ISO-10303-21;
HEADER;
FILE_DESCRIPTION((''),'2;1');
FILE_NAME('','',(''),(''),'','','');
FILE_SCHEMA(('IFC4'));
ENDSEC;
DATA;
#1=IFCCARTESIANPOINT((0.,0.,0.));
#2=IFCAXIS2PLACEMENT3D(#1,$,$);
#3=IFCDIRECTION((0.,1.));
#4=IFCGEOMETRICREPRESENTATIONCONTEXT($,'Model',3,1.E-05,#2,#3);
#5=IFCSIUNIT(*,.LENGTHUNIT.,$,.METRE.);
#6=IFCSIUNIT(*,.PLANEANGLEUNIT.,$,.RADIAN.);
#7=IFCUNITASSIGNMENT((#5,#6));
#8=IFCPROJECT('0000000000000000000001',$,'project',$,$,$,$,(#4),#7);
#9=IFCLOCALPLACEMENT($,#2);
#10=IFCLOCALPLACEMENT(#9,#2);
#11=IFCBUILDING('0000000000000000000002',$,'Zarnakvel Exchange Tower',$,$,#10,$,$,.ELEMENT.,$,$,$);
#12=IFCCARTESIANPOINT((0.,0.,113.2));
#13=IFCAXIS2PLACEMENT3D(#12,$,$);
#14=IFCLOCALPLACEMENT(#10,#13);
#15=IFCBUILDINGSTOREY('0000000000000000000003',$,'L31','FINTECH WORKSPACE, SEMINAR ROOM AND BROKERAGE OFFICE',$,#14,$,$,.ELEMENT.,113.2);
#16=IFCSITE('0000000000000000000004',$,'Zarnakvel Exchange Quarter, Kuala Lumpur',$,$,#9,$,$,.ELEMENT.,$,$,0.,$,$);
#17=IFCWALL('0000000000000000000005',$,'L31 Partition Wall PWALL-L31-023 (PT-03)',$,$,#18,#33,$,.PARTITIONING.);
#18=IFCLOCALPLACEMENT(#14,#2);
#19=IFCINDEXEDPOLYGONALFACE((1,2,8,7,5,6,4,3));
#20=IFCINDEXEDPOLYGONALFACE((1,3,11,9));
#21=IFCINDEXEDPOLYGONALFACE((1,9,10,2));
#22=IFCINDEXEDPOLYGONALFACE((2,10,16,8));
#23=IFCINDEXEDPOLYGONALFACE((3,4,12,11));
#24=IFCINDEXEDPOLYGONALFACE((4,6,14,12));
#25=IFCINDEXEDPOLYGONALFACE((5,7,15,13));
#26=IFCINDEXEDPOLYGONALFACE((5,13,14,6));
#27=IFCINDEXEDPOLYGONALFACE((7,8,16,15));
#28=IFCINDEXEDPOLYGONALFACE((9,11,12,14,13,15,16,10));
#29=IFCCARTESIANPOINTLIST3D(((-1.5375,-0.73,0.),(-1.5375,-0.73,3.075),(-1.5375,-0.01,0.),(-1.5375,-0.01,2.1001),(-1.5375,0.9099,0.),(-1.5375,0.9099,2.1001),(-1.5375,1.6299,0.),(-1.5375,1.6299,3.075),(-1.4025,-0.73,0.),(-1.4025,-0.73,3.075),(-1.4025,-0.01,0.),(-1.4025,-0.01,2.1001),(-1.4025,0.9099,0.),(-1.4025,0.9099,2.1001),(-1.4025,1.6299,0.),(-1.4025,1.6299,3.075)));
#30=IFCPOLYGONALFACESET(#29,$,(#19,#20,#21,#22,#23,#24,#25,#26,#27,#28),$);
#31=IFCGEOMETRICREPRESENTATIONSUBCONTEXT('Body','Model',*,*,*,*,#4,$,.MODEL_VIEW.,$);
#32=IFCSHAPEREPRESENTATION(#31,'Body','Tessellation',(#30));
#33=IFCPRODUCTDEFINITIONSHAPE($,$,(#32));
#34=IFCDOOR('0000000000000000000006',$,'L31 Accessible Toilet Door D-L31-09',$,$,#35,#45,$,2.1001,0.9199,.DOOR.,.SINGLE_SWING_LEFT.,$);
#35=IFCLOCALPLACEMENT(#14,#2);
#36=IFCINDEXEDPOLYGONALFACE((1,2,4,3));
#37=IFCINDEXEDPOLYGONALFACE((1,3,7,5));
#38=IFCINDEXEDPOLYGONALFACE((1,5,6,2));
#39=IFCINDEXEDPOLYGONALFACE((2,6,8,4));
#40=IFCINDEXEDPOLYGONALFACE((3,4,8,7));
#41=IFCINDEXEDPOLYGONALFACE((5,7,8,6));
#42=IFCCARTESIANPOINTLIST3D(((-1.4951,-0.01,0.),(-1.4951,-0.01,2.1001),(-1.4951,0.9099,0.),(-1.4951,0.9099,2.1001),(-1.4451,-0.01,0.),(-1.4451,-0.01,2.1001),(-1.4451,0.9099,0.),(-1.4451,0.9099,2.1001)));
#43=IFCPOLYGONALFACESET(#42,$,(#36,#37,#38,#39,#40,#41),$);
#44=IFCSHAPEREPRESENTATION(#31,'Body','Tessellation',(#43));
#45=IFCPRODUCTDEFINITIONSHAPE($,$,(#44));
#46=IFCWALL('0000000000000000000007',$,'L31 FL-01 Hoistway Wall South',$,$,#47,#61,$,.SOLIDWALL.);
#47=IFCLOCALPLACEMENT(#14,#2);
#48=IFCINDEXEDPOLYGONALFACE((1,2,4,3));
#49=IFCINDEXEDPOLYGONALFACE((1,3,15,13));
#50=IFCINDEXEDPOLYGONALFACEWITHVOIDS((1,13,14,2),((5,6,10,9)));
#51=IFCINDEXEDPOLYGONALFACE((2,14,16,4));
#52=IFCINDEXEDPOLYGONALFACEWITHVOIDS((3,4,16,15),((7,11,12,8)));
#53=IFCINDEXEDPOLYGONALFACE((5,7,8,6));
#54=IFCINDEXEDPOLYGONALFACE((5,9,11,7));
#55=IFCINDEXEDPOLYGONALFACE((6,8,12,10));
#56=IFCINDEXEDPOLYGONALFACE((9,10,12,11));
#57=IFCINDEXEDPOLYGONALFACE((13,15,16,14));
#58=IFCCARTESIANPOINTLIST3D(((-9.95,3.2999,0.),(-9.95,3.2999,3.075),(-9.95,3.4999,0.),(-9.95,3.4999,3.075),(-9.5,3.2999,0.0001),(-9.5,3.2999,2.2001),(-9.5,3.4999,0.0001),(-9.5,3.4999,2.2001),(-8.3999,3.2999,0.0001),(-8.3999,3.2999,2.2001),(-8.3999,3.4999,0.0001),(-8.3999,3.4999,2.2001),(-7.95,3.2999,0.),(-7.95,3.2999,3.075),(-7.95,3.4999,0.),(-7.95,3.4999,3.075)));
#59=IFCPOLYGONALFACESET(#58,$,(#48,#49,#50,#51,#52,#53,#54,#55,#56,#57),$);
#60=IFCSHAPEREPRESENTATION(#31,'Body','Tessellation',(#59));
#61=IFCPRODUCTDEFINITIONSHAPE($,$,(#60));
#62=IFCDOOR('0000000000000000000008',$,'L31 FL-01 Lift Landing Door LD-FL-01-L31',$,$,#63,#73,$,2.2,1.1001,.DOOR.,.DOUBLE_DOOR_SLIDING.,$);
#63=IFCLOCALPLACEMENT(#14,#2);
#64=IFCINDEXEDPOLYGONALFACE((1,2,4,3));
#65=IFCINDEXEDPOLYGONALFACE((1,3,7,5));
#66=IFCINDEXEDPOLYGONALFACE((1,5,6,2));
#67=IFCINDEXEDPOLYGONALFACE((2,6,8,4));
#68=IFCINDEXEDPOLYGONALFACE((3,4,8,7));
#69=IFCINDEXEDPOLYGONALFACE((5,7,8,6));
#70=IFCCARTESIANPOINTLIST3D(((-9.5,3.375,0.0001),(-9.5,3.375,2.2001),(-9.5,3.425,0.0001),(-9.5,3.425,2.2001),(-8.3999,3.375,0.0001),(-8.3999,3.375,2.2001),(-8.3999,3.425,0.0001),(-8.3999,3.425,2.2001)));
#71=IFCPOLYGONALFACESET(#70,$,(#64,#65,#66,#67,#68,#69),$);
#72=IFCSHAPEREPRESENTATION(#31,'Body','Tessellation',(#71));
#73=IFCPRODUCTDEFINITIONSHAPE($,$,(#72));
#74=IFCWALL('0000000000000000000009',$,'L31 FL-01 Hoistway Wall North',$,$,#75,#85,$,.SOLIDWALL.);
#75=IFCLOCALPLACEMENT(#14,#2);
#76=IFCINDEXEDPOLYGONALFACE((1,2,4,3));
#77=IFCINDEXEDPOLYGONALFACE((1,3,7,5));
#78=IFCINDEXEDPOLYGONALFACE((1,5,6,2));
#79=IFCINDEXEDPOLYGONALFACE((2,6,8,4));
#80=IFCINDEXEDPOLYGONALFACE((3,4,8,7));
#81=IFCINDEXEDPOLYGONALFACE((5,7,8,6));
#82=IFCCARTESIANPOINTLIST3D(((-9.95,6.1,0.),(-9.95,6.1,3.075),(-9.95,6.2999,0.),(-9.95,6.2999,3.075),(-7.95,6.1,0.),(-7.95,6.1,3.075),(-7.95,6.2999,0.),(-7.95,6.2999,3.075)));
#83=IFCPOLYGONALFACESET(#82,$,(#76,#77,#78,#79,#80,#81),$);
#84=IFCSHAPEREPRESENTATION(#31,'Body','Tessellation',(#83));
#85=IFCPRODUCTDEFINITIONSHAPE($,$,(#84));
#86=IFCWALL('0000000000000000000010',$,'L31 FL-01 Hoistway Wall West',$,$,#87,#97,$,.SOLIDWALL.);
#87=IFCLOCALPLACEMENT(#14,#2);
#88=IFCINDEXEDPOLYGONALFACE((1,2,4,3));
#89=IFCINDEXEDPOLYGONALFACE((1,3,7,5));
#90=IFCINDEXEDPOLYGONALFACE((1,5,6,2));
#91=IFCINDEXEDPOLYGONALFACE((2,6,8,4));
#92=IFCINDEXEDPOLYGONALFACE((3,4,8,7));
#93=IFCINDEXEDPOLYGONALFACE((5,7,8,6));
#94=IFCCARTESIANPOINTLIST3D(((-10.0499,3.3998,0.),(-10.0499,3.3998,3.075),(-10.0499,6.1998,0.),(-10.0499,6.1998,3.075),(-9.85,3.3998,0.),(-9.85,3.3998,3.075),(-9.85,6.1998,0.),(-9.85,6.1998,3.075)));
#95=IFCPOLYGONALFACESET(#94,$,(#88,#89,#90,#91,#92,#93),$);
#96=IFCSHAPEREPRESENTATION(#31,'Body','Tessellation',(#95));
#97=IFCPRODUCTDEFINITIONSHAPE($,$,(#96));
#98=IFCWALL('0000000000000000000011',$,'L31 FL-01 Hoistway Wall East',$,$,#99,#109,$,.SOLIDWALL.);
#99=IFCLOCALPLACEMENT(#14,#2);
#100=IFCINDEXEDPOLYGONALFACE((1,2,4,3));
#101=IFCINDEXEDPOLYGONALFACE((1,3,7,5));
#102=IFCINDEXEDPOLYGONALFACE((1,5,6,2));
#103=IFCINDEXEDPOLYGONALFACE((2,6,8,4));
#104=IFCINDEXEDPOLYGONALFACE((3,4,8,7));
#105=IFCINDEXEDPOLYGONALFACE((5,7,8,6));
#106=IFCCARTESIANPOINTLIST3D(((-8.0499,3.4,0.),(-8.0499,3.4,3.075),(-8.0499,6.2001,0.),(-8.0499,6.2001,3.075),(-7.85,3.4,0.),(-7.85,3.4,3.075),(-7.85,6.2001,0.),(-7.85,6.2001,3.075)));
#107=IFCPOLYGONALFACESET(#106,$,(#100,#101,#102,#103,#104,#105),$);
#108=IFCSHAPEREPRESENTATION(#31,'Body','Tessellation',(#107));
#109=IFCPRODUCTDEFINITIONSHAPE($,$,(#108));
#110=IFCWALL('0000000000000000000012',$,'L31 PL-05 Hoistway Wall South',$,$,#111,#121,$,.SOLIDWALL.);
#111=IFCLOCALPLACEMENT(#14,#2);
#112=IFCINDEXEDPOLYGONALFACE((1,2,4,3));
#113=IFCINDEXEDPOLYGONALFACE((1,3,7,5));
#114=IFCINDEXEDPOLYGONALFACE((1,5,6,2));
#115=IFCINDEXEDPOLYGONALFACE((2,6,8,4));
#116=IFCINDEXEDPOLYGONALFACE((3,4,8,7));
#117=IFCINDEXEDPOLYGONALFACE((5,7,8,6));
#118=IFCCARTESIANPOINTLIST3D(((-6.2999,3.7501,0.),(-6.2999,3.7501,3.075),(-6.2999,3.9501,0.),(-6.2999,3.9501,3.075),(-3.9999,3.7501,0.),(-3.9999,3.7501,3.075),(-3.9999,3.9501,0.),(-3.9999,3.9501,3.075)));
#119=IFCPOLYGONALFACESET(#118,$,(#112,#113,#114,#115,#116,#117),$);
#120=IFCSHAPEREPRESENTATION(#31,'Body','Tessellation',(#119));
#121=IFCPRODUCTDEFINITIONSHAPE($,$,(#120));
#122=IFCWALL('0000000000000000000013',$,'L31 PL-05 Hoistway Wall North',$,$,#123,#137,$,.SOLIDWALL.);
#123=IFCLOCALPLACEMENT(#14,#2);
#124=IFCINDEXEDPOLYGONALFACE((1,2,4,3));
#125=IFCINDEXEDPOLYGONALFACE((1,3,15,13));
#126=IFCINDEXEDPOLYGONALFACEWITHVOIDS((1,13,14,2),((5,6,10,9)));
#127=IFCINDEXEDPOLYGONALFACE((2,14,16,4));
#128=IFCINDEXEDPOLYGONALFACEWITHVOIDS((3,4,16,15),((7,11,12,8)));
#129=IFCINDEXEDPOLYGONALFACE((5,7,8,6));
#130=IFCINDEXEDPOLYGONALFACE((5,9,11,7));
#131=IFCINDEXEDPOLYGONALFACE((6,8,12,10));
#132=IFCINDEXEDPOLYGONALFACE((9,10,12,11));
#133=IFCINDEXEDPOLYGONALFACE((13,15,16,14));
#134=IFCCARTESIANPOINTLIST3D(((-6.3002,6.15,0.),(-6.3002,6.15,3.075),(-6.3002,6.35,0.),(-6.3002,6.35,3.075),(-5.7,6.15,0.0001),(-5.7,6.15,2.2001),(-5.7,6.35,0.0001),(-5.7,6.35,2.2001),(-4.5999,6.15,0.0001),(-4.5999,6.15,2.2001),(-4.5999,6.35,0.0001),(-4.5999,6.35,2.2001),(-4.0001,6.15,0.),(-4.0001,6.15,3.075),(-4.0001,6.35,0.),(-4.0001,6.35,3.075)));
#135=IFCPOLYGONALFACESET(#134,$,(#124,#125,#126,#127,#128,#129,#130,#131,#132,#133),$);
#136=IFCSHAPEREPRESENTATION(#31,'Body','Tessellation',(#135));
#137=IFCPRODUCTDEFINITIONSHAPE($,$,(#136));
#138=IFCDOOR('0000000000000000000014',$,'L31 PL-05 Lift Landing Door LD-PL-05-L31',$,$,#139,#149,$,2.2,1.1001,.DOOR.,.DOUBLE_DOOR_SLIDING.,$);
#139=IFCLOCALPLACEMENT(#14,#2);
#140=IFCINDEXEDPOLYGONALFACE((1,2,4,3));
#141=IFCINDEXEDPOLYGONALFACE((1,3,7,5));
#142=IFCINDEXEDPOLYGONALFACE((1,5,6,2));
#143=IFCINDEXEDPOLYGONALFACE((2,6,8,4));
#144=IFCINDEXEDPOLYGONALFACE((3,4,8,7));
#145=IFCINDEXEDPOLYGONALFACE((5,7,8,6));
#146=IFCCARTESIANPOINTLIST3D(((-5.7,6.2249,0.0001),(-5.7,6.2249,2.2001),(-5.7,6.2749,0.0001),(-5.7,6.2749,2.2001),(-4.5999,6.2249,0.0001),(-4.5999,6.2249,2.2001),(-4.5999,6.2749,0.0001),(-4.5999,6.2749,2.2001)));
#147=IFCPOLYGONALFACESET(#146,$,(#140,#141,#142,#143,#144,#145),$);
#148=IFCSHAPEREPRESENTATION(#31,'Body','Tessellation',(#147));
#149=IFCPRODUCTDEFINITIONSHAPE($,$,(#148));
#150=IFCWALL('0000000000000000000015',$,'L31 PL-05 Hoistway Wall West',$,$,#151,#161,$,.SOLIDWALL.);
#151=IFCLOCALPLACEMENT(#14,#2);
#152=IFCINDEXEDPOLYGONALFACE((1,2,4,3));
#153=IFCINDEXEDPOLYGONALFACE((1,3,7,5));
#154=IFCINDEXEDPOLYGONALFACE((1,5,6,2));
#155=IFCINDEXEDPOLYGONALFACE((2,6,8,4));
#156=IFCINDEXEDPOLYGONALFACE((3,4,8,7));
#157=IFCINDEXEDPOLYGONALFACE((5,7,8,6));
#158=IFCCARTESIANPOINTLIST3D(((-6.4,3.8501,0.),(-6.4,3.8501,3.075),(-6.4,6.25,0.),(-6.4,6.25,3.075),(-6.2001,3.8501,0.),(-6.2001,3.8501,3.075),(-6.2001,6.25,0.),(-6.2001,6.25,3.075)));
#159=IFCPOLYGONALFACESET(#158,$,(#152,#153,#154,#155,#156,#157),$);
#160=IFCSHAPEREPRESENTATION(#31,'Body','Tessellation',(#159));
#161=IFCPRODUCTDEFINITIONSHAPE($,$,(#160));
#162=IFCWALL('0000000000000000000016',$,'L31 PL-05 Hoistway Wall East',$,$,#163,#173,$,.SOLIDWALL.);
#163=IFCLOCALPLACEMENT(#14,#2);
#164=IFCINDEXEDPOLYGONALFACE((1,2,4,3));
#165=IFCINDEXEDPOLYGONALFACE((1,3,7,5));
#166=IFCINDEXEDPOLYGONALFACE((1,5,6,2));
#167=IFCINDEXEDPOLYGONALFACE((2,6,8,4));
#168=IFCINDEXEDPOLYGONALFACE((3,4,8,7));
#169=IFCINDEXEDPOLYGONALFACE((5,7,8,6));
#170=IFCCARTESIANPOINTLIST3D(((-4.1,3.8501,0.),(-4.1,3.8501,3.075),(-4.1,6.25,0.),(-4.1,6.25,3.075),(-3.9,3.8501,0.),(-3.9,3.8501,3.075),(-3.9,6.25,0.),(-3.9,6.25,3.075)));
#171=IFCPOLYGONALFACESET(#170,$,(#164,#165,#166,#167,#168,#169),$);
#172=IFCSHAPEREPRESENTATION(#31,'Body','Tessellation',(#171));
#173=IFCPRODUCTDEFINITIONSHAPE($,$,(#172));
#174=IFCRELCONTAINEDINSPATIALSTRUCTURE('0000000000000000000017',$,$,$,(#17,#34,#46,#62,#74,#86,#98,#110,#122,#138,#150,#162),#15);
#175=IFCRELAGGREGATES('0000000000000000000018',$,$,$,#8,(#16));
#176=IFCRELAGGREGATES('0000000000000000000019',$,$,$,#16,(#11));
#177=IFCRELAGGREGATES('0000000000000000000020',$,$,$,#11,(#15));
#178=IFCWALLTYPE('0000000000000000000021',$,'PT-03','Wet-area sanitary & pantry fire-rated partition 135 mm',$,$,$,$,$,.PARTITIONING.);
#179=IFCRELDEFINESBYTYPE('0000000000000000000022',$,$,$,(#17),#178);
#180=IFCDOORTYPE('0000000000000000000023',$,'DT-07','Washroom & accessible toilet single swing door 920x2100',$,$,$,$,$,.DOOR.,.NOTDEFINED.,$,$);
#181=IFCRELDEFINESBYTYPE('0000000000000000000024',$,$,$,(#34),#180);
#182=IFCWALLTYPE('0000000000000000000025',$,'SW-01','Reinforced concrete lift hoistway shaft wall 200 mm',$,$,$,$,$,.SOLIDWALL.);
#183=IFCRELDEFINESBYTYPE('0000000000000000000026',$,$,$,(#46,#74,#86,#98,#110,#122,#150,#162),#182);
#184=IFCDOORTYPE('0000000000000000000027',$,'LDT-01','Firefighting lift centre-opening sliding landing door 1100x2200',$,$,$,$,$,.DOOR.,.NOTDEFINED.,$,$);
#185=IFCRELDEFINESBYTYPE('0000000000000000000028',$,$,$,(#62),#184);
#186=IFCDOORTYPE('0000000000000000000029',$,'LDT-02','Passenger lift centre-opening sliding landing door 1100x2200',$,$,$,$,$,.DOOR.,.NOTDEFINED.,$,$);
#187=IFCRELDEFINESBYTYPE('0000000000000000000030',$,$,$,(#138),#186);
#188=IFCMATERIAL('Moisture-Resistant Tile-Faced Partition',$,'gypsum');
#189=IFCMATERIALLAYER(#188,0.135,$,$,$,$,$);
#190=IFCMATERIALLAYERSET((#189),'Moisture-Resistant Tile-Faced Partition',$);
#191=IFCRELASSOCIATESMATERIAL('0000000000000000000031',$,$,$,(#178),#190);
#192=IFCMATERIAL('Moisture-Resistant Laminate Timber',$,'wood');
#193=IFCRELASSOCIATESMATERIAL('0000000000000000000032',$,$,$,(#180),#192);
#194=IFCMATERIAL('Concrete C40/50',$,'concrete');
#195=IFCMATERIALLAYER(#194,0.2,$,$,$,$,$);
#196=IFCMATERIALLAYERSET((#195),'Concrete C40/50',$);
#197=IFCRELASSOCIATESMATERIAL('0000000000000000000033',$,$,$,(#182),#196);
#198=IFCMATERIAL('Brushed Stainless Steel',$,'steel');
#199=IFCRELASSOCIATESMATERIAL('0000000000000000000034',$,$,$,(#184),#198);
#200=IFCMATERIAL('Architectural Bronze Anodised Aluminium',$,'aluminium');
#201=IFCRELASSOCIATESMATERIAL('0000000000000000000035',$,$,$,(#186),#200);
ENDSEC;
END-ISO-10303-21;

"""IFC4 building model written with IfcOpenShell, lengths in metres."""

from ifc_helpers import new_model, si_unit, direction, frame, frame_2d, origin, place, context, subcontext, project, spatial, rectangle, extrude, source, transform, mapped, material, layer, layer_set, type_object, element, fill, save


model = new_model("IFC4")

# Units and contexts
model_context = context("Model", 3, precision=1e-05, world=origin(), true_north=direction((0.0, 1.0)))
body_context = subcontext(model_context, "Body", "Model", "MODEL_VIEW")
ifc_project = project(units=[si_unit("LENGTHUNIT", "METRE"), si_unit("PLANEANGLEUNIT", "RADIAN")], contexts=[model_context])

# Site, building, storey
site_placement = place(None, origin())
site = spatial("IfcSite", under=ifc_project, at=site_placement, Name="Zarnakvel Exchange Quarter, Kuala Lumpur", CompositionType="ELEMENT", RefElevation=0.0)
building_placement = place(site_placement, origin())
building = spatial("IfcBuilding", under=site, at=building_placement, Name="Zarnakvel Exchange Tower", CompositionType="ELEMENT")
storey_placement = place(building_placement, frame((0.0, 0.0, 113.2)))
storey = spatial("IfcBuildingStorey", under=building, at=storey_placement, Name="L31", Description="FINTECH WORKSPACE, SEMINAR ROOM AND BROKERAGE OFFICE", CompositionType="ELEMENT", Elevation=113.2)

# Shared definitions
ifc_material_1 = material(Name="Moisture-Resistant Tile-Faced Partition", Category="gypsum")
ifc_layer_1 = layer(ifc_material_1, 0.135)
ifc_layer_set_1 = layer_set([ifc_layer_1], Name="Moisture-Resistant Tile-Faced Partition")
wall_type_1 = type_object("IfcWallType", Name="PT-03", Description="Wet-area sanitary & pantry fire-rated partition 135 mm", PredefinedType="PARTITIONING", material=ifc_layer_set_1)

# Walls, openings, doors
wall_1_placement = place(storey_placement, frame((-1.47, 1.6299, 0.0), z_axis=(0.0, 0.0, 1.0), x_axis=(0.0, -1.0, 0.0)))
wall_1 = element("IfcWall", 1, at=wall_1_placement, inside=storey, type_object=wall_type_1, Name="L31 Partition Wall PWALL-L31-023 (PT-03)", PredefinedType="PARTITIONING", context=body_context, shape_type="SweptSolid", body=[
    extrude(rectangle(XDim=2.3599, YDim=0.135, at=frame_2d((1.1799, 0.0))), origin(), (0.0, 0.0, 1.0), 3.075),
])
opening_1_placement = place(wall_1_placement, frame((0.72, 0.0, 0.0)))
opening_1 = element("IfcOpeningElement", 2, at=opening_1_placement, cuts=wall_1, PredefinedType="OPENING", context=body_context, shape_type="SweptSolid", body=[
    extrude(rectangle(XDim=0.9199, YDim=2.1001, at=frame_2d((0.46, 1.05))), frame((0.0, 0.0774, 0.0), z_axis=(0.0, -1.0, 0.0), x_axis=(1.0, 0.0, 0.0)), (0.0, 0.0, 1.0), 0.155),
])
ifc_material_2 = material(Name="Moisture-Resistant Laminate Timber", Category="wood")
door_type_1 = type_object("IfcDoorType", Name="DT-07", Description="Washroom & accessible toilet single swing door 920x2100", OperationType="NOTDEFINED", PredefinedType="DOOR", material=ifc_material_2)
shared_shape_1 = source(origin(), body_context, "Body", "SweptSolid", [
    extrude(rectangle(XDim=0.9199, YDim=2.1001, at=frame_2d((0.46, 1.05))), frame((0.0, 0.0249, 0.0), z_axis=(0.0, -1.0, 0.0), x_axis=(1.0, 0.0, 0.0)), (0.0, 0.0, 1.0), 0.05),
])
door_1_placement = place(opening_1_placement, origin())
door_1 = element("IfcDoor", 3, at=door_1_placement, inside=storey, type_object=door_type_1, Name="L31 Accessible Toilet Door D-L31-09", OperationType="SINGLE_SWING_LEFT", OverallHeight=2.1001, OverallWidth=0.9199, PredefinedType="DOOR", context=body_context, shape_type="MappedRepresentation", body=[
    mapped(shared_shape_1, transform((0.0, 0.0, 0.0), x_axis=(1.0, 0.0, 0.0), y_axis=(0.0, 1.0, 0.0), z_axis=(0.0, 0.0, 1.0), scale=1.0)),
])
fill(opening_1, door_1)
ifc_material_3 = material(Name="Concrete C40/50", Category="concrete")
ifc_layer_2 = layer(ifc_material_3, 0.2)
ifc_layer_set_2 = layer_set([ifc_layer_2], Name="Concrete C40/50")
wall_type_2 = type_object("IfcWallType", Name="SW-01", Description="Reinforced concrete lift hoistway shaft wall 200 mm", PredefinedType="SOLIDWALL", material=ifc_layer_set_2)
wall_2_placement = place(storey_placement, frame((-7.95, 3.3999, 0.0), z_axis=(0.0, 0.0, 1.0), x_axis=(-1.0, 0.0, 0.0)))
wall_2 = element("IfcWall", 4, at=wall_2_placement, inside=storey, type_object=wall_type_2, Name="L31 FL-01 Hoistway Wall South", PredefinedType="SOLIDWALL", context=body_context, shape_type="SweptSolid", body=[
    extrude(rectangle(XDim=2.0, YDim=0.2, at=frame_2d((1.0, 0.0))), origin(), (0.0, 0.0, 1.0), 3.075),
])
opening_2_placement = place(wall_2_placement, frame((0.45, 0.0, 0.0)))
opening_2 = element("IfcOpeningElement", 5, at=opening_2_placement, cuts=wall_2, PredefinedType="OPENING", context=body_context, shape_type="SweptSolid", body=[
    extrude(rectangle(XDim=1.1001, YDim=2.2, at=frame_2d((0.55, 1.1001))), frame((0.0, 0.1099, 0.0), z_axis=(0.0, -1.0, 0.0), x_axis=(1.0, 0.0, 0.0)), (0.0, 0.0, 1.0), 0.22),
])
ifc_material_4 = material(Name="Brushed Stainless Steel", Category="steel")
door_type_2 = type_object("IfcDoorType", Name="LDT-01", Description="Firefighting lift centre-opening sliding landing door 1100x2200", OperationType="NOTDEFINED", PredefinedType="DOOR", material=ifc_material_4)
shared_shape_2 = source(origin(), body_context, "Body", "SweptSolid", [
    extrude(rectangle(XDim=1.1001, YDim=2.2, at=frame_2d((0.55, 1.1001))), frame((0.0, 0.0249, 0.0), z_axis=(0.0, -1.0, 0.0), x_axis=(1.0, 0.0, 0.0)), (0.0, 0.0, 1.0), 0.05),
])
door_2_placement = place(opening_2_placement, origin())
door_2 = element("IfcDoor", 6, at=door_2_placement, inside=storey, type_object=door_type_2, Name="L31 FL-01 Lift Landing Door LD-FL-01-L31", OperationType="DOUBLE_DOOR_SLIDING", OverallHeight=2.2, OverallWidth=1.1001, PredefinedType="DOOR", context=body_context, shape_type="MappedRepresentation", body=[
    mapped(shared_shape_2, transform((0.0, 0.0, 0.0), x_axis=(1.0, 0.0, 0.0), y_axis=(0.0, 1.0, 0.0), z_axis=(0.0, 0.0, 1.0), scale=1.0)),
])
fill(opening_2, door_2)

# Walls
wall_3_placement = place(storey_placement, frame((-9.95, 6.2, 0.0), z_axis=(0.0, 0.0, 1.0), x_axis=(1.0, 0.0, 0.0)))
element("IfcWall", 7, at=wall_3_placement, inside=storey, type_object=wall_type_2, Name="L31 FL-01 Hoistway Wall North", PredefinedType="SOLIDWALL", context=body_context, shape_type="SweptSolid", body=[
    extrude(rectangle(XDim=2.0, YDim=0.2, at=frame_2d((1.0, 0.0))), origin(), (0.0, 0.0, 1.0), 3.075),
])
for number, where, z_axis, x_axis, name in (
    (8, (-9.95, 3.3999, 0.0), (0.0, 0.0, 1.0), (0.0, 1.0, 0.0), "L31 FL-01 Hoistway Wall West"),
    (9, (-7.95, 6.2, 0.0), (0.0, 0.0, 1.0), (0.0, -1.0, 0.0), "L31 FL-01 Hoistway Wall East"),
):
    element("IfcWall", number, at=place(storey_placement, frame(where, z_axis=z_axis, x_axis=x_axis)), inside=storey, type_object=wall_type_2, Name=name, PredefinedType="SOLIDWALL", context=body_context, shape_type="SweptSolid", body=[
        extrude(rectangle(XDim=2.8, YDim=0.2, at=frame_2d((1.3999, 0.0))), origin(), (0.0, 0.0, 1.0), 3.075),
    ])
wall_4_placement = place(storey_placement, frame((-4.0, 3.8501, 0.0), z_axis=(0.0, 0.0, 1.0), x_axis=(-1.0, 0.0, 0.0)))
element("IfcWall", 10, at=wall_4_placement, inside=storey, type_object=wall_type_2, Name="L31 PL-05 Hoistway Wall South", PredefinedType="SOLIDWALL", context=body_context, shape_type="SweptSolid", body=[
    extrude(rectangle(XDim=2.3, YDim=0.2, at=frame_2d((1.1499, 0.0))), origin(), (0.0, 0.0, 1.0), 3.075),
])

# Wall, opening, door
wall_5_placement = place(storey_placement, frame((-6.3, 6.25, 0.0), z_axis=(0.0, 0.0, 1.0), x_axis=(1.0, 0.0, 0.0)))
wall_5 = element("IfcWall", 11, at=wall_5_placement, inside=storey, type_object=wall_type_2, Name="L31 PL-05 Hoistway Wall North", PredefinedType="SOLIDWALL", context=body_context, shape_type="SweptSolid", body=[
    extrude(rectangle(XDim=2.3, YDim=0.2, at=frame_2d((1.1499, 0.0))), origin(), (0.0, 0.0, 1.0), 3.075),
])
opening_3_placement = place(wall_5_placement, frame((0.6001, 0.0, 0.0)))
opening_3 = element("IfcOpeningElement", 12, at=opening_3_placement, cuts=wall_5, PredefinedType="OPENING", context=body_context, shape_type="SweptSolid", body=[
    extrude(rectangle(XDim=1.1001, YDim=2.2, at=frame_2d((0.55, 1.1001))), frame((0.0, 0.1099, 0.0), z_axis=(0.0, -1.0, 0.0), x_axis=(1.0, 0.0, 0.0)), (0.0, 0.0, 1.0), 0.22),
])
ifc_material_5 = material(Name="Architectural Bronze Anodised Aluminium", Category="aluminium")
door_type_3 = type_object("IfcDoorType", Name="LDT-02", Description="Passenger lift centre-opening sliding landing door 1100x2200", OperationType="NOTDEFINED", PredefinedType="DOOR", material=ifc_material_5)
door_3_placement = place(opening_3_placement, origin())
door_3 = element("IfcDoor", 13, at=door_3_placement, inside=storey, type_object=door_type_3, Name="L31 PL-05 Lift Landing Door LD-PL-05-L31", OperationType="DOUBLE_DOOR_SLIDING", OverallHeight=2.2, OverallWidth=1.1001, PredefinedType="DOOR", context=body_context, shape_type="MappedRepresentation", body=[
    mapped(shared_shape_2, transform((0.0, 0.0, 0.0), x_axis=(1.0, 0.0, 0.0), y_axis=(0.0, 1.0, 0.0), z_axis=(0.0, 0.0, 1.0), scale=1.0)),
])
fill(opening_3, door_3)

# Walls
for number, where, z_axis, x_axis, name in (
    (14, (-6.3, 3.8501, 0.0), (0.0, 0.0, 1.0), (0.0, 1.0, 0.0), "L31 PL-05 Hoistway Wall West"),
    (15, (-4.0, 6.25, 0.0), (0.0, 0.0, 1.0), (0.0, -1.0, 0.0), "L31 PL-05 Hoistway Wall East"),
):
    element("IfcWall", number, at=place(storey_placement, frame(where, z_axis=z_axis, x_axis=x_axis)), inside=storey, type_object=wall_type_2, Name=name, PredefinedType="SOLIDWALL", context=body_context, shape_type="SweptSolid", body=[
        extrude(rectangle(XDim=2.3999, YDim=0.2, at=frame_2d((1.2, 0.0))), origin(), (0.0, 0.0, 1.0), 3.075),
    ])

save(model, "model.ifc")
